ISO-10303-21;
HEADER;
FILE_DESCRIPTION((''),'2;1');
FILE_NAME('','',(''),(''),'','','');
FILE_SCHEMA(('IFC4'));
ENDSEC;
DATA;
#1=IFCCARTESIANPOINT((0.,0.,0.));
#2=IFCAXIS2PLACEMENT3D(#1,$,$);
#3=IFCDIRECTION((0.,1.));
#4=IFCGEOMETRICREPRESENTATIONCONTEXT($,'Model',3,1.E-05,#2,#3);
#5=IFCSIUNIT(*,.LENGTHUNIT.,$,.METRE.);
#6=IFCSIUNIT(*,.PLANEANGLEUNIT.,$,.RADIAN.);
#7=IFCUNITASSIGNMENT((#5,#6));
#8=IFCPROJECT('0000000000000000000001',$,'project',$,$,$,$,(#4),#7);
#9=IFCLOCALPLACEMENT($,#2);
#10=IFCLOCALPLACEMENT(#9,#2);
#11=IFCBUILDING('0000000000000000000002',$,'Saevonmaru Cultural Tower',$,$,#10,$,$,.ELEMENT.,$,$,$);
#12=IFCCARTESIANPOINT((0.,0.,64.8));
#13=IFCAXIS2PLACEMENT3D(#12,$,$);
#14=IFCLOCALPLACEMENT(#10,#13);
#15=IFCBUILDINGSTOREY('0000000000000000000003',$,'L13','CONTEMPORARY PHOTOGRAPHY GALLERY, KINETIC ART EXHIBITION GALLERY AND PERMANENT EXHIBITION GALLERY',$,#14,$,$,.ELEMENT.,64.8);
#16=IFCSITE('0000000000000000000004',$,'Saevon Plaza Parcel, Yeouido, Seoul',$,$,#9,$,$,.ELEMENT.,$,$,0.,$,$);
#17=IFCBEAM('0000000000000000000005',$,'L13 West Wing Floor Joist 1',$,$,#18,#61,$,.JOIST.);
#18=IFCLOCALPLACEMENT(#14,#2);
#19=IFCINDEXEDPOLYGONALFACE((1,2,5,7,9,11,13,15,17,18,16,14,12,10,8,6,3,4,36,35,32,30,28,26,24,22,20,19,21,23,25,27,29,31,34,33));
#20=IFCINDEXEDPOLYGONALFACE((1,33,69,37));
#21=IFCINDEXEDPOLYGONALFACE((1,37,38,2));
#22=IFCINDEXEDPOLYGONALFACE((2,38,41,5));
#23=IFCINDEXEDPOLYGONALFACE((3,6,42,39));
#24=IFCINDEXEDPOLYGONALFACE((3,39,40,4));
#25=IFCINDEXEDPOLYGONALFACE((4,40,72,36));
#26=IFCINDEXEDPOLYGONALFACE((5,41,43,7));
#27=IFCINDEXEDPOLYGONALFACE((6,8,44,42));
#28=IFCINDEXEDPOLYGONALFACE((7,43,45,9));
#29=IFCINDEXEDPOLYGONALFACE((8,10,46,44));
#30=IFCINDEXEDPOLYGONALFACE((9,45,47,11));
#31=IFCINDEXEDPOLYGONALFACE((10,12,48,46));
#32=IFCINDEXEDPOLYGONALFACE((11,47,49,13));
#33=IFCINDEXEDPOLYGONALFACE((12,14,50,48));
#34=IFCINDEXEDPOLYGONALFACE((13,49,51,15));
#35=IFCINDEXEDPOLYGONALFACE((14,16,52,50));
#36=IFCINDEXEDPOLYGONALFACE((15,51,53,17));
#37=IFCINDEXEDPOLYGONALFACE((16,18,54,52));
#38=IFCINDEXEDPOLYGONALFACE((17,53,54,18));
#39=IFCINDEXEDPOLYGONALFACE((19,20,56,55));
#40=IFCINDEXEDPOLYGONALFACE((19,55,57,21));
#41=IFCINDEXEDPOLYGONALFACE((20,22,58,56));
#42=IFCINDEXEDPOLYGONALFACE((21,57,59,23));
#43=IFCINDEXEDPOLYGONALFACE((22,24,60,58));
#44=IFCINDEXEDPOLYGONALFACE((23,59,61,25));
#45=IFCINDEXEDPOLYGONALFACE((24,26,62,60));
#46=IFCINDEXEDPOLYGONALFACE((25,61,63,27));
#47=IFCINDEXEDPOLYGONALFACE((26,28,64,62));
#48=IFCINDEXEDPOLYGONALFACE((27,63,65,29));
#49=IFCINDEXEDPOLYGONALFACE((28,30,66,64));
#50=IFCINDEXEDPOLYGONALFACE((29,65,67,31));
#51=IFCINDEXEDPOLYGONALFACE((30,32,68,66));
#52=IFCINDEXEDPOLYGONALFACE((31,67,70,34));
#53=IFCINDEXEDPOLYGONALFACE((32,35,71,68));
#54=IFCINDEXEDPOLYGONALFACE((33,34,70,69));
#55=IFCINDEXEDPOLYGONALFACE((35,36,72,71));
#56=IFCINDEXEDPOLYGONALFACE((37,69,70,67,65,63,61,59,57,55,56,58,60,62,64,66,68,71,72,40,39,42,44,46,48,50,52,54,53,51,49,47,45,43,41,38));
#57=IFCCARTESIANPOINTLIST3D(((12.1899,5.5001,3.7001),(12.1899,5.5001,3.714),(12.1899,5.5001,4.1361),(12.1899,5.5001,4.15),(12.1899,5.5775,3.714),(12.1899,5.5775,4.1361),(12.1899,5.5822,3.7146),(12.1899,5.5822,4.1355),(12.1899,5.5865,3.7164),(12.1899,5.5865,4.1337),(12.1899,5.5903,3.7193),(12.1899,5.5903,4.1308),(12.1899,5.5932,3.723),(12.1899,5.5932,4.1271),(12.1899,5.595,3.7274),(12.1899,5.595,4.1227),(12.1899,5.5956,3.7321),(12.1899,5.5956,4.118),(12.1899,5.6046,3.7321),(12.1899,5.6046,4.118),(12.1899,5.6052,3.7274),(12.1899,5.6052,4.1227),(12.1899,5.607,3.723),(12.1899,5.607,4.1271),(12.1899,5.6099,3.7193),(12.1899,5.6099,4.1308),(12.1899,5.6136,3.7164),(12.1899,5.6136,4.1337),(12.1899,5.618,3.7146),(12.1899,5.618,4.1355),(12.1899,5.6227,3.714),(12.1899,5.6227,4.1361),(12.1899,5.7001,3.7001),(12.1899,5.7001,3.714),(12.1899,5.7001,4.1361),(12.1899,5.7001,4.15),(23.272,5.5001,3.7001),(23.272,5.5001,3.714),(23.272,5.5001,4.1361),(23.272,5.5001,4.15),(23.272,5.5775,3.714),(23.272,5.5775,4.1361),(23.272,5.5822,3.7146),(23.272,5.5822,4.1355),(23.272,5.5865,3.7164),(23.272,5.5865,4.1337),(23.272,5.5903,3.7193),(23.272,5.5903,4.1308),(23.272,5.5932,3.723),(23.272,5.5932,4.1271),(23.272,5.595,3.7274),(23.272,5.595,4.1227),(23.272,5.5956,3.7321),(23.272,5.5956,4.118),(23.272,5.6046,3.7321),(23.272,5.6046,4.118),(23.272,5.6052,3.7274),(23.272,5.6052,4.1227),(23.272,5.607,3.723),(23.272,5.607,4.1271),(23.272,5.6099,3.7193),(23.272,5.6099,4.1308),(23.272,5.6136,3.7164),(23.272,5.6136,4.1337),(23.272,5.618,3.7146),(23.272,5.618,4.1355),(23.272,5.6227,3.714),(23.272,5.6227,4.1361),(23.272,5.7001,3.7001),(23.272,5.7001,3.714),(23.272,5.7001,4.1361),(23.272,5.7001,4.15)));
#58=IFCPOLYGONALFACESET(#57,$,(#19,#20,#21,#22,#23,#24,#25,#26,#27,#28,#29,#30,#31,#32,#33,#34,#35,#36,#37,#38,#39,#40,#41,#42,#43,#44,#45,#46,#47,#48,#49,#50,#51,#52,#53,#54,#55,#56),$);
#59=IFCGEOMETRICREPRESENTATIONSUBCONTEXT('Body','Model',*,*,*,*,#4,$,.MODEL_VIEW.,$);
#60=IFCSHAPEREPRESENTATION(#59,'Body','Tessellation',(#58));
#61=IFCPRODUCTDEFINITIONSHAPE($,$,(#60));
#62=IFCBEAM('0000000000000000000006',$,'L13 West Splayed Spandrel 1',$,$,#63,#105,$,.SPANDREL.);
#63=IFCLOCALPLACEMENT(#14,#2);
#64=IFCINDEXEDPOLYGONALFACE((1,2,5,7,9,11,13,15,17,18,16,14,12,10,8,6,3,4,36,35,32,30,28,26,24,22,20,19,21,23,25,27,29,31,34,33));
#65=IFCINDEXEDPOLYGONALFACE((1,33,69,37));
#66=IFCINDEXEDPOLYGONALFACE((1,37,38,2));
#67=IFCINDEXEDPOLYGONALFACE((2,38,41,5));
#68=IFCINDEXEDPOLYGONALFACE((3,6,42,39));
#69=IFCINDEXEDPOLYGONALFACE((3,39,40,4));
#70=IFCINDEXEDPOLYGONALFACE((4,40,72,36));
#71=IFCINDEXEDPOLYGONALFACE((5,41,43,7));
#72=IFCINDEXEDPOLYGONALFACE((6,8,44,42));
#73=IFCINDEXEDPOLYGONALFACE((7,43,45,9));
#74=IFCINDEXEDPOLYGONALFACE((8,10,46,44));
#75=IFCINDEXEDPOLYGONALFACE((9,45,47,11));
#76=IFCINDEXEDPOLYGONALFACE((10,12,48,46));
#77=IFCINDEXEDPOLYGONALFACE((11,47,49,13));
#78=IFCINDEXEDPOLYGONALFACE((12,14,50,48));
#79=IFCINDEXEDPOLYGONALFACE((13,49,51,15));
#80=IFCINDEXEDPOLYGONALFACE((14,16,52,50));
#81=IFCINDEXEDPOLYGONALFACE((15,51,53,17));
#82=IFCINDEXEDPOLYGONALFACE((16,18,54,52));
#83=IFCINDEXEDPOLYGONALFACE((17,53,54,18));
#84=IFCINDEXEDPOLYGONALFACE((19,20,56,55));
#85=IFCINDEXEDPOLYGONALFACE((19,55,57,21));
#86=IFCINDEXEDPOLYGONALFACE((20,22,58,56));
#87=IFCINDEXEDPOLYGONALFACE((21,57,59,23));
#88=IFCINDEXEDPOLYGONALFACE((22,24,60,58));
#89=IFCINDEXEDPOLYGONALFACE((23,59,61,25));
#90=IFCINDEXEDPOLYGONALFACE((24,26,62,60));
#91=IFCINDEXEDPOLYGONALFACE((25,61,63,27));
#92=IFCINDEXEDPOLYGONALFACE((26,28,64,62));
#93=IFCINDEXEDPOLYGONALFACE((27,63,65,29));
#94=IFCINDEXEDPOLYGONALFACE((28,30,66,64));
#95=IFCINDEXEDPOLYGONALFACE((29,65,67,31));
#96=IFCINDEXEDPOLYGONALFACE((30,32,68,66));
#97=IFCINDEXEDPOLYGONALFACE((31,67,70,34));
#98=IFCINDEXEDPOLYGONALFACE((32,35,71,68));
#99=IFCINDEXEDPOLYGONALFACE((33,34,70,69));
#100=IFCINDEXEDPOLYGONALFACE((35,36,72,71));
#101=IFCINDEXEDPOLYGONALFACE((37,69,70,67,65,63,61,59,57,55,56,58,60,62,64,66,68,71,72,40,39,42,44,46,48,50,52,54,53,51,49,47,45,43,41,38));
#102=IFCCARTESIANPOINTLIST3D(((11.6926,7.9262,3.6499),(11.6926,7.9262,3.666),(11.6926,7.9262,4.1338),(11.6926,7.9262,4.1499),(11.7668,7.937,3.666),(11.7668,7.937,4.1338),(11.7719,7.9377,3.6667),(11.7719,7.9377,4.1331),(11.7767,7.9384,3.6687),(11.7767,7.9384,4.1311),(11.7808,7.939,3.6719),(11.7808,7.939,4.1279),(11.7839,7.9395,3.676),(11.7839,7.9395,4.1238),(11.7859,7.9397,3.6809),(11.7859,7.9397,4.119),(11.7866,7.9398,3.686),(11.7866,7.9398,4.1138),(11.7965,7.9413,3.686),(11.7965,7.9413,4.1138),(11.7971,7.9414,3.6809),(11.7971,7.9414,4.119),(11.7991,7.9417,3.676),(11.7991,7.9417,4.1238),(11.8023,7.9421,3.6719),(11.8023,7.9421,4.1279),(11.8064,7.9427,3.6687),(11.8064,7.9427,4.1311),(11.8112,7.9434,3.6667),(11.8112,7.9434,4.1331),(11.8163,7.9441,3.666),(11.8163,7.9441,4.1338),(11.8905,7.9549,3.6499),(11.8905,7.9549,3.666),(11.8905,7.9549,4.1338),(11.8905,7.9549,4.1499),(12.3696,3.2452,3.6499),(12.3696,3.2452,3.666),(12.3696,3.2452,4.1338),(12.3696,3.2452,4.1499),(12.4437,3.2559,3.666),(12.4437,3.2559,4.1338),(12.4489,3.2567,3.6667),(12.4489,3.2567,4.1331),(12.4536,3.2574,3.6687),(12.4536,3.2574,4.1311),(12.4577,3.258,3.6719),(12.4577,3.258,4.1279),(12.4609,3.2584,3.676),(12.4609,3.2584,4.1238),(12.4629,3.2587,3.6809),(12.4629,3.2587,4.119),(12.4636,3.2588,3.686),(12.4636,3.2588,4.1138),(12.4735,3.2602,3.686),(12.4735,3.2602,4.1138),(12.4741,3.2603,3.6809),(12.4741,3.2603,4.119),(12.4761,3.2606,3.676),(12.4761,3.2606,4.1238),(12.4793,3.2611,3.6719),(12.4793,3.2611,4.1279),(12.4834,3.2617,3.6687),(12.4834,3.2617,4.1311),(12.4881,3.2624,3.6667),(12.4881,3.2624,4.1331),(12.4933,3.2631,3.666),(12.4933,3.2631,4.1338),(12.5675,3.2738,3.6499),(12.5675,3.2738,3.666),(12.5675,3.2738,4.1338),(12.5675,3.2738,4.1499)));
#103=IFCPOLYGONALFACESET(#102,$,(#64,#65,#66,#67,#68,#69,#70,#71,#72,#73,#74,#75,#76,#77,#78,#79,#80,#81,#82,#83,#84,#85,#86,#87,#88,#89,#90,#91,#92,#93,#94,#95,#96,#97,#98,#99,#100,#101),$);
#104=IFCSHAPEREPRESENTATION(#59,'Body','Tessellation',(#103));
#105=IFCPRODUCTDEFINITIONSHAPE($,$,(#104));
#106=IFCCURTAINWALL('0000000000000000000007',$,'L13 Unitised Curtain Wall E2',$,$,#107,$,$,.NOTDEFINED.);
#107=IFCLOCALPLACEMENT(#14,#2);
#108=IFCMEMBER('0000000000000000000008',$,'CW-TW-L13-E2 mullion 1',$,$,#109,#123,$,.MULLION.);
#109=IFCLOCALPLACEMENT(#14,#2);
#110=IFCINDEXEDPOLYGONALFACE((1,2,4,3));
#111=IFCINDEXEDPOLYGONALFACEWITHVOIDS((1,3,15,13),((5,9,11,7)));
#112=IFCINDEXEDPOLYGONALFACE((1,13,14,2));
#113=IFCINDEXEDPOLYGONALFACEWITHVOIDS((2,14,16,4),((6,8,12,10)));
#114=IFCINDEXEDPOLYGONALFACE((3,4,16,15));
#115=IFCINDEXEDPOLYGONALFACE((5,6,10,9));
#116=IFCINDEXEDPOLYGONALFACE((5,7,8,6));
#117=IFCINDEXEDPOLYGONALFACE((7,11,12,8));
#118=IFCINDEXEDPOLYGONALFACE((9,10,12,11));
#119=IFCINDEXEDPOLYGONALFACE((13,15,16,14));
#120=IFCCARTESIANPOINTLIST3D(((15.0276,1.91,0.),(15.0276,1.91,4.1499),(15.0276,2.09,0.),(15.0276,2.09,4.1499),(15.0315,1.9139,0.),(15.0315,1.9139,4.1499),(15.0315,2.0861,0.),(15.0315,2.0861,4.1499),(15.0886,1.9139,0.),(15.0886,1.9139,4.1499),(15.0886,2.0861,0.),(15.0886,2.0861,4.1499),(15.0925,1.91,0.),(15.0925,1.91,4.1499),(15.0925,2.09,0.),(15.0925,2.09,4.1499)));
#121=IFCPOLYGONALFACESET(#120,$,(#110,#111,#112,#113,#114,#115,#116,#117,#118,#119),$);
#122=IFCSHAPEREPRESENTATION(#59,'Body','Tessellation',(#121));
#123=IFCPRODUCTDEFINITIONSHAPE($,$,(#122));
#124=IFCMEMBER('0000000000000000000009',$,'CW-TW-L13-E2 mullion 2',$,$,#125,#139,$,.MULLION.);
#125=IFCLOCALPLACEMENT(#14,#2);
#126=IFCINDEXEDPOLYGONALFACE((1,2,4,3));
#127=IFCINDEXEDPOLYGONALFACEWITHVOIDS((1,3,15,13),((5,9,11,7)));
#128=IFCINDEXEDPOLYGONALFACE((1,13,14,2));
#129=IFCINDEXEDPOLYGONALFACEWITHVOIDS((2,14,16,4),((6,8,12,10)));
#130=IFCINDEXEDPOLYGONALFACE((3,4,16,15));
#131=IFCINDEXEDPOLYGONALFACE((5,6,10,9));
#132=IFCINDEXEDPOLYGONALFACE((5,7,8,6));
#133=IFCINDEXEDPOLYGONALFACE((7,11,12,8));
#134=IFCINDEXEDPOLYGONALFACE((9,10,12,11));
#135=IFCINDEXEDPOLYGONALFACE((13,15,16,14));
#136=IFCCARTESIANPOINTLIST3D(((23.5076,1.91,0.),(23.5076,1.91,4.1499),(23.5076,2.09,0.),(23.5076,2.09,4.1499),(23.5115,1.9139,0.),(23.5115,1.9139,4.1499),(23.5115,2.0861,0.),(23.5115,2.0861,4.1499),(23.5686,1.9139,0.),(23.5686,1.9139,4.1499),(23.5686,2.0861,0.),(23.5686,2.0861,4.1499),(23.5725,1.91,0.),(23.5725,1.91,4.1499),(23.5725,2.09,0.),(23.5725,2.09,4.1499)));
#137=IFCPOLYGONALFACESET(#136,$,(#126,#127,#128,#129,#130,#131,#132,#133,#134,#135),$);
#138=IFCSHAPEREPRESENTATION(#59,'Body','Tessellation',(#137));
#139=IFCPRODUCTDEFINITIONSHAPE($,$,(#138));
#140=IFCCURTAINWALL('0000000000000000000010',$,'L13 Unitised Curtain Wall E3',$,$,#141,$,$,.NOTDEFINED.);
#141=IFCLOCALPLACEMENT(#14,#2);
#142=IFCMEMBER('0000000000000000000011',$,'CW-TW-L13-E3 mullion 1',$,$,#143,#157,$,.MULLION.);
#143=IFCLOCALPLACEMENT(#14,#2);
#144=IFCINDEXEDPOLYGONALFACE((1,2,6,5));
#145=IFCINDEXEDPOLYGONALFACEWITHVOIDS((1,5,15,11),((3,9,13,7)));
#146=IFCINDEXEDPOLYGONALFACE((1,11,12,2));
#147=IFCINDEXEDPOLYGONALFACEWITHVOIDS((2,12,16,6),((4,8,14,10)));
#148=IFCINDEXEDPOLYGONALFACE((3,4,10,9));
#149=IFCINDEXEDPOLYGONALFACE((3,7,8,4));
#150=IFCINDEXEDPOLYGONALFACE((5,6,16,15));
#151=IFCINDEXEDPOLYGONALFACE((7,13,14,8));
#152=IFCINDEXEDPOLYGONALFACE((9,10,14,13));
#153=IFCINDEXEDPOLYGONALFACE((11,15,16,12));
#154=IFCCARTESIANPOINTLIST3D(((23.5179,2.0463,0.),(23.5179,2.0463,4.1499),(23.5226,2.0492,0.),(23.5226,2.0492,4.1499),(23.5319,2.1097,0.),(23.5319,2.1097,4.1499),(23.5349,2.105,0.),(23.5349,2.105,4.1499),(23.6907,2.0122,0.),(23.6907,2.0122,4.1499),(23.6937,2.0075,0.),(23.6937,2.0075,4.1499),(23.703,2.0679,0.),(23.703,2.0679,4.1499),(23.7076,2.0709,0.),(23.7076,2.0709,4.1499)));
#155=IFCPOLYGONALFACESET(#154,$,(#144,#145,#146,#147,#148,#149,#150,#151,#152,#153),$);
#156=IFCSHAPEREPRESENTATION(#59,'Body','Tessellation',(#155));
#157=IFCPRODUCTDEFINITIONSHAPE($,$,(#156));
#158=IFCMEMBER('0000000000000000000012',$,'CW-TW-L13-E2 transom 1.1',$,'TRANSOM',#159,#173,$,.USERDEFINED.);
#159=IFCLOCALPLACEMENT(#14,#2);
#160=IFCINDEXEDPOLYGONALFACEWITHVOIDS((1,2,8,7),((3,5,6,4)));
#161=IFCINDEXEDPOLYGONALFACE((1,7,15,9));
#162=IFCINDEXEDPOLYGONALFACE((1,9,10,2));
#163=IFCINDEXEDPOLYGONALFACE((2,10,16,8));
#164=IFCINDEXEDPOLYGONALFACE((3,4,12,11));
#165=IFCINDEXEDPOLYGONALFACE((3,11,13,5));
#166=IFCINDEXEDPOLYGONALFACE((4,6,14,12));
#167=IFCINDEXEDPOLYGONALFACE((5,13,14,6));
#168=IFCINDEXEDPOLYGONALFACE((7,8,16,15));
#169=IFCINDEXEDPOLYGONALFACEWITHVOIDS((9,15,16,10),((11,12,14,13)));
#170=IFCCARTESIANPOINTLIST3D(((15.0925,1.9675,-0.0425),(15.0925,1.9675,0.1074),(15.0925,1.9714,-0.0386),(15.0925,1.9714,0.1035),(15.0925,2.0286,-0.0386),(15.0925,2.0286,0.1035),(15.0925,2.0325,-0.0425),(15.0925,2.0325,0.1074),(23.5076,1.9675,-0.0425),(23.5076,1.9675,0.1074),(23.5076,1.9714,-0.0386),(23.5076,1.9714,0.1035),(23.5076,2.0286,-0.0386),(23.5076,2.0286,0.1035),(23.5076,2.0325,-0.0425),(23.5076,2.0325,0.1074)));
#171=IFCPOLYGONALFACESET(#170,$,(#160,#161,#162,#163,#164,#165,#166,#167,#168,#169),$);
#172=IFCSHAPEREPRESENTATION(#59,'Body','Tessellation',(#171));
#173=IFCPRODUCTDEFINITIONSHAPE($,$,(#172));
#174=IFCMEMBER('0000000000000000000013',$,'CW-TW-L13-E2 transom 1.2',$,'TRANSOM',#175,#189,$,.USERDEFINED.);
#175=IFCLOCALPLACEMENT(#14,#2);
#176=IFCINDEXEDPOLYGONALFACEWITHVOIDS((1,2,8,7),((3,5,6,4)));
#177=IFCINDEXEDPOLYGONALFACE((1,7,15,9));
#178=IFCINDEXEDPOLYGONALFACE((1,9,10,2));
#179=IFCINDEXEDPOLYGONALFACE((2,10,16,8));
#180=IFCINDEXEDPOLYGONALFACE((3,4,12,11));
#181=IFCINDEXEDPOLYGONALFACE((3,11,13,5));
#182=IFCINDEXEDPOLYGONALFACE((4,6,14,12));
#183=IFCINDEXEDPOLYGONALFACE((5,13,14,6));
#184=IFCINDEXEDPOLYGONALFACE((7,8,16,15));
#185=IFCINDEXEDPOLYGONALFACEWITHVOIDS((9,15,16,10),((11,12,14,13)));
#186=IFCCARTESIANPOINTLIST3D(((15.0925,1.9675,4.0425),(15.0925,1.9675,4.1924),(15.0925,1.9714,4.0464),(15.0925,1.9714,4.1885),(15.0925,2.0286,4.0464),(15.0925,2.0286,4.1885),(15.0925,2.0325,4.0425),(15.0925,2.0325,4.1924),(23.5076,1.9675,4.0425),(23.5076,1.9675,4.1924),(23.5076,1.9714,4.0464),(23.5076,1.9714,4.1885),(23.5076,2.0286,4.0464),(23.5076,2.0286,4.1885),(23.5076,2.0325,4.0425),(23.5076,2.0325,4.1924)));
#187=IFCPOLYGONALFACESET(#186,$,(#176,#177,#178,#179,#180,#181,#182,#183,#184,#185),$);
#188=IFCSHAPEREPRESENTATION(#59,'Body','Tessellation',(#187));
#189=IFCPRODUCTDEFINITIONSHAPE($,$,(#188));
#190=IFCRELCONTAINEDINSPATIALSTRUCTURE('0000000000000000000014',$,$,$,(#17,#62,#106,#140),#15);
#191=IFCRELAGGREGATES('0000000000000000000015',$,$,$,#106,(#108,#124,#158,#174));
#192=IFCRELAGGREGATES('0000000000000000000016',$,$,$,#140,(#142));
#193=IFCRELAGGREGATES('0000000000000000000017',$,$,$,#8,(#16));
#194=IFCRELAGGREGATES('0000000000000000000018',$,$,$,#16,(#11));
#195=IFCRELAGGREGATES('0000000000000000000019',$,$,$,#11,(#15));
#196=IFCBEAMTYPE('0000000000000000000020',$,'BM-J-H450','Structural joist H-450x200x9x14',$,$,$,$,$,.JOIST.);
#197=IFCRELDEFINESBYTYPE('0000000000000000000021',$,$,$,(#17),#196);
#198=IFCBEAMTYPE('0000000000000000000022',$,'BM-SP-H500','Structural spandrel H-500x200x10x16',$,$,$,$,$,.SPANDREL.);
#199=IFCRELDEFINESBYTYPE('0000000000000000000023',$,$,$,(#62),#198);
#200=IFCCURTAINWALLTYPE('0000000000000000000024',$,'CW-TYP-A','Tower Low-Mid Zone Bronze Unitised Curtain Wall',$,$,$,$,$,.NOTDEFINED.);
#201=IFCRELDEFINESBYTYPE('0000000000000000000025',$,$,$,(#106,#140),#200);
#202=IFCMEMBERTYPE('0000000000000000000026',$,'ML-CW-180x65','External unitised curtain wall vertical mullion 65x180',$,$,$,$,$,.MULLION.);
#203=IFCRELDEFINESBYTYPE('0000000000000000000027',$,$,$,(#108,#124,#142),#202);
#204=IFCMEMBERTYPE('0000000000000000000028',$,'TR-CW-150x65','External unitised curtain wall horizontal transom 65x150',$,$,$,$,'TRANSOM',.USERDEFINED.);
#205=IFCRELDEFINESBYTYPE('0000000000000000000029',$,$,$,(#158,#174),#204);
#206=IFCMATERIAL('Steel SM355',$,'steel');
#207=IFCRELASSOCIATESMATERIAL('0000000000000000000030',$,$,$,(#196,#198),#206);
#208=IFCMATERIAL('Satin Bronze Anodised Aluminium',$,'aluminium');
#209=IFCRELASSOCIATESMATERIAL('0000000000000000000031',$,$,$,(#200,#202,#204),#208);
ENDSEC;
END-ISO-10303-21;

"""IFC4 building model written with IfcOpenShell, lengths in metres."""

from ifc_helpers import new_model, si_unit, direction, frame, origin, origin_2d, place, context, subcontext, project, spatial, hollow_rectangle, i_section, extrude, material, material_profile, profile_set, type_object, element, aggregate, save


model = new_model("IFC4")

# Units and contexts
model_context = context("Model", 3, precision=1e-05, world=origin(), true_north=direction((0.0, 1.0)))
body_context = subcontext(model_context, "Body", "Model", "MODEL_VIEW")
ifc_project = project(units=[si_unit("LENGTHUNIT", "METRE"), si_unit("PLANEANGLEUNIT", "RADIAN")], contexts=[model_context])

# Site, building, storey
site_placement = place(None, origin())
site = spatial("IfcSite", under=ifc_project, at=site_placement, Name="Saevon Plaza Parcel, Yeouido, Seoul", CompositionType="ELEMENT", RefElevation=0.0)
building_placement = place(site_placement, origin())
building = spatial("IfcBuilding", under=site, at=building_placement, Name="Saevonmaru Cultural Tower", CompositionType="ELEMENT")
storey_placement = place(building_placement, frame((0.0, 0.0, 64.8)))
storey = spatial("IfcBuildingStorey", under=building, at=storey_placement, Name="L13", Description="CONTEMPORARY PHOTOGRAPHY GALLERY, KINETIC ART EXHIBITION GALLERY AND PERMANENT EXHIBITION GALLERY", CompositionType="ELEMENT", Elevation=64.8)

# Beams
ifc_material_1 = material(Name="Steel SM355", Category="steel")
ifc_material_profile_1 = material_profile(ifc_material_1, i_section(OverallWidth=0.2, OverallDepth=0.45, WebThickness=0.009, FlangeThickness=0.0139, FilletRadius=0.0181, at=origin_2d()), Name="H-450x200x9x14")
ifc_profile_set_1 = profile_set([ifc_material_profile_1], Name="Steel SM355")
beam_type_1 = type_object("IfcBeamType", Name="BM-J-H450", Description="Structural joist H-450x200x9x14", PredefinedType="JOIST", material=ifc_profile_set_1)
beam_1_placement = place(storey_placement, frame((12.1899, 5.6001, 3.925), z_axis=(1.0, 0.0, 0.0), x_axis=(0.0, 1.0, 0.0)))
element("IfcBeam", 1, at=beam_1_placement, inside=storey, type_object=beam_type_1, Name="L13 West Wing Floor Joist 1", PredefinedType="JOIST", context=body_context, shape_type="SweptSolid", body=[
    extrude(i_section(OverallWidth=0.2, OverallDepth=0.45, WebThickness=0.009, FlangeThickness=0.0139, FilletRadius=0.0181, at=origin_2d()), origin(), (0.0, 0.0, 1.0), 11.082),
])
ifc_material_profile_2 = material_profile(ifc_material_1, i_section(OverallWidth=0.2, OverallDepth=0.5, WebThickness=0.01, FlangeThickness=0.0161, FilletRadius=0.02, at=origin_2d()), Name="H-500x200x10x16")
ifc_profile_set_2 = profile_set([ifc_material_profile_2], Name="Steel SM355")
beam_type_2 = type_object("IfcBeamType", Name="BM-SP-H500", Description="Structural spandrel H-500x200x10x16", PredefinedType="SPANDREL", material=ifc_profile_set_2)
beam_2_placement = place(storey_placement, frame((12.4685, 3.2595, 3.8999), z_axis=(-0.143134, 0.989703, 0.0), x_axis=(-0.989703, -0.143134, 0.0)))
element("IfcBeam", 2, at=beam_2_placement, inside=storey, type_object=beam_type_2, Name="L13 West Splayed Spandrel 1", PredefinedType="SPANDREL", context=body_context, shape_type="SweptSolid", body=[
    extrude(i_section(OverallWidth=0.2, OverallDepth=0.5, WebThickness=0.01, FlangeThickness=0.0161, FilletRadius=0.02, at=origin_2d()), origin(), (0.0, 0.0, 1.0), 4.7297),
])

# Curtain wall, members
ifc_material_2 = material(Name="Satin Bronze Anodised Aluminium", Category="aluminium")
curtain_wall_type = type_object("IfcCurtainWallType", Name="CW-TYP-A", Description="Tower Low-Mid Zone Bronze Unitised Curtain Wall", PredefinedType="NOTDEFINED", material=ifc_material_2)
curtain_wall_1_placement = place(storey_placement, origin())
curtain_wall_1 = element("IfcCurtainWall", 3, at=curtain_wall_1_placement, inside=storey, type_object=curtain_wall_type, Name="L13 Unitised Curtain Wall E2", PredefinedType="NOTDEFINED")
ifc_material_profile_3 = material_profile(ifc_material_2, hollow_rectangle(XDim=0.0649, YDim=0.1799, WallThickness=0.0039, at=origin_2d()), Name="ALU-MULL-180x65x4")
ifc_profile_set_3 = profile_set([ifc_material_profile_3], Name="Satin Bronze Anodised Aluminium")
member_type_1 = type_object("IfcMemberType", Name="ML-CW-180x65", Description="External unitised curtain wall vertical mullion 65x180", PredefinedType="MULLION", material=ifc_profile_set_3)
member_1_placement = place(storey_placement, frame((15.0601, 2.0, 0.0), z_axis=(0.0, 0.0, 1.0), x_axis=(1.0, 0.0, 0.0)))
member_1 = element("IfcMember", 4, at=member_1_placement, type_object=member_type_1, Name="CW-TW-L13-E2 mullion 1", PredefinedType="MULLION", context=body_context, shape_type="SweptSolid", body=[
    extrude(hollow_rectangle(XDim=0.0649, YDim=0.1799, WallThickness=0.0039, at=origin_2d()), origin(), (0.0, 0.0, 1.0), 4.1499),
])
member_2_placement = place(storey_placement, frame((23.54, 2.0, 0.0), z_axis=(0.0, 0.0, 1.0), x_axis=(1.0, 0.0, 0.0)))
member_2 = element("IfcMember", 5, at=member_2_placement, type_object=member_type_1, Name="CW-TW-L13-E2 mullion 2", PredefinedType="MULLION", context=body_context, shape_type="SweptSolid", body=[
    extrude(hollow_rectangle(XDim=0.0649, YDim=0.1799, WallThickness=0.0039, at=origin_2d()), origin(), (0.0, 0.0, 1.0), 4.1499),
])

# Curtain wall, member
curtain_wall_2_placement = place(storey_placement, origin())
curtain_wall_2 = element("IfcCurtainWall", 6, at=curtain_wall_2_placement, inside=storey, type_object=curtain_wall_type, Name="L13 Unitised Curtain Wall E3", PredefinedType="NOTDEFINED")
member_3_placement = place(storey_placement, frame((23.6128, 2.0586, 0.0), z_axis=(0.0, 0.0, 1.0), x_axis=(0.215413, 0.976523, 0.0)))
member_3 = element("IfcMember", 7, at=member_3_placement, type_object=member_type_1, Name="CW-TW-L13-E3 mullion 1", PredefinedType="MULLION", context=body_context, shape_type="SweptSolid", body=[
    extrude(hollow_rectangle(XDim=0.0649, YDim=0.1799, WallThickness=0.0039, at=origin_2d()), origin(), (0.0, 0.0, 1.0), 4.1499),
])

# Members
ifc_material_profile_4 = material_profile(ifc_material_2, hollow_rectangle(XDim=0.0649, YDim=0.1499, WallThickness=0.0039, at=origin_2d()), Name="ALU-TRAN-150x65x4")
ifc_profile_set_4 = profile_set([ifc_material_profile_4], Name="Satin Bronze Anodised Aluminium")
member_type_2 = type_object("IfcMemberType", Name="TR-CW-150x65", Description="External unitised curtain wall horizontal transom 65x150", ElementType="TRANSOM", PredefinedType="USERDEFINED", material=ifc_profile_set_4)
member_4_placement = place(storey_placement, frame((15.0925, 2.0, 0.0325), z_axis=(1.0, 0.0, 0.0), x_axis=(0.0, 1.0, 0.0)))
member_4 = element("IfcMember", 8, at=member_4_placement, type_object=member_type_2, Name="CW-TW-L13-E2 transom 1.1", ObjectType="TRANSOM", PredefinedType="USERDEFINED", context=body_context, shape_type="SweptSolid", body=[
    extrude(hollow_rectangle(XDim=0.0649, YDim=0.1499, WallThickness=0.0039, at=origin_2d()), origin(), (0.0, 0.0, 1.0), 8.415),
])
member_5_placement = place(storey_placement, frame((15.0925, 2.0, 4.1174), z_axis=(1.0, 0.0, 0.0), x_axis=(0.0, 1.0, 0.0)))
member_5 = element("IfcMember", 9, at=member_5_placement, type_object=member_type_2, Name="CW-TW-L13-E2 transom 1.2", ObjectType="TRANSOM", PredefinedType="USERDEFINED", context=body_context, shape_type="SweptSolid", body=[
    extrude(hollow_rectangle(XDim=0.0649, YDim=0.1499, WallThickness=0.0039, at=origin_2d()), origin(), (0.0, 0.0, 1.0), 8.415),
])

aggregate(curtain_wall_1, [member_1, member_2, member_4, member_5])
aggregate(curtain_wall_2, [member_3])

save(model, "model.ifc")
